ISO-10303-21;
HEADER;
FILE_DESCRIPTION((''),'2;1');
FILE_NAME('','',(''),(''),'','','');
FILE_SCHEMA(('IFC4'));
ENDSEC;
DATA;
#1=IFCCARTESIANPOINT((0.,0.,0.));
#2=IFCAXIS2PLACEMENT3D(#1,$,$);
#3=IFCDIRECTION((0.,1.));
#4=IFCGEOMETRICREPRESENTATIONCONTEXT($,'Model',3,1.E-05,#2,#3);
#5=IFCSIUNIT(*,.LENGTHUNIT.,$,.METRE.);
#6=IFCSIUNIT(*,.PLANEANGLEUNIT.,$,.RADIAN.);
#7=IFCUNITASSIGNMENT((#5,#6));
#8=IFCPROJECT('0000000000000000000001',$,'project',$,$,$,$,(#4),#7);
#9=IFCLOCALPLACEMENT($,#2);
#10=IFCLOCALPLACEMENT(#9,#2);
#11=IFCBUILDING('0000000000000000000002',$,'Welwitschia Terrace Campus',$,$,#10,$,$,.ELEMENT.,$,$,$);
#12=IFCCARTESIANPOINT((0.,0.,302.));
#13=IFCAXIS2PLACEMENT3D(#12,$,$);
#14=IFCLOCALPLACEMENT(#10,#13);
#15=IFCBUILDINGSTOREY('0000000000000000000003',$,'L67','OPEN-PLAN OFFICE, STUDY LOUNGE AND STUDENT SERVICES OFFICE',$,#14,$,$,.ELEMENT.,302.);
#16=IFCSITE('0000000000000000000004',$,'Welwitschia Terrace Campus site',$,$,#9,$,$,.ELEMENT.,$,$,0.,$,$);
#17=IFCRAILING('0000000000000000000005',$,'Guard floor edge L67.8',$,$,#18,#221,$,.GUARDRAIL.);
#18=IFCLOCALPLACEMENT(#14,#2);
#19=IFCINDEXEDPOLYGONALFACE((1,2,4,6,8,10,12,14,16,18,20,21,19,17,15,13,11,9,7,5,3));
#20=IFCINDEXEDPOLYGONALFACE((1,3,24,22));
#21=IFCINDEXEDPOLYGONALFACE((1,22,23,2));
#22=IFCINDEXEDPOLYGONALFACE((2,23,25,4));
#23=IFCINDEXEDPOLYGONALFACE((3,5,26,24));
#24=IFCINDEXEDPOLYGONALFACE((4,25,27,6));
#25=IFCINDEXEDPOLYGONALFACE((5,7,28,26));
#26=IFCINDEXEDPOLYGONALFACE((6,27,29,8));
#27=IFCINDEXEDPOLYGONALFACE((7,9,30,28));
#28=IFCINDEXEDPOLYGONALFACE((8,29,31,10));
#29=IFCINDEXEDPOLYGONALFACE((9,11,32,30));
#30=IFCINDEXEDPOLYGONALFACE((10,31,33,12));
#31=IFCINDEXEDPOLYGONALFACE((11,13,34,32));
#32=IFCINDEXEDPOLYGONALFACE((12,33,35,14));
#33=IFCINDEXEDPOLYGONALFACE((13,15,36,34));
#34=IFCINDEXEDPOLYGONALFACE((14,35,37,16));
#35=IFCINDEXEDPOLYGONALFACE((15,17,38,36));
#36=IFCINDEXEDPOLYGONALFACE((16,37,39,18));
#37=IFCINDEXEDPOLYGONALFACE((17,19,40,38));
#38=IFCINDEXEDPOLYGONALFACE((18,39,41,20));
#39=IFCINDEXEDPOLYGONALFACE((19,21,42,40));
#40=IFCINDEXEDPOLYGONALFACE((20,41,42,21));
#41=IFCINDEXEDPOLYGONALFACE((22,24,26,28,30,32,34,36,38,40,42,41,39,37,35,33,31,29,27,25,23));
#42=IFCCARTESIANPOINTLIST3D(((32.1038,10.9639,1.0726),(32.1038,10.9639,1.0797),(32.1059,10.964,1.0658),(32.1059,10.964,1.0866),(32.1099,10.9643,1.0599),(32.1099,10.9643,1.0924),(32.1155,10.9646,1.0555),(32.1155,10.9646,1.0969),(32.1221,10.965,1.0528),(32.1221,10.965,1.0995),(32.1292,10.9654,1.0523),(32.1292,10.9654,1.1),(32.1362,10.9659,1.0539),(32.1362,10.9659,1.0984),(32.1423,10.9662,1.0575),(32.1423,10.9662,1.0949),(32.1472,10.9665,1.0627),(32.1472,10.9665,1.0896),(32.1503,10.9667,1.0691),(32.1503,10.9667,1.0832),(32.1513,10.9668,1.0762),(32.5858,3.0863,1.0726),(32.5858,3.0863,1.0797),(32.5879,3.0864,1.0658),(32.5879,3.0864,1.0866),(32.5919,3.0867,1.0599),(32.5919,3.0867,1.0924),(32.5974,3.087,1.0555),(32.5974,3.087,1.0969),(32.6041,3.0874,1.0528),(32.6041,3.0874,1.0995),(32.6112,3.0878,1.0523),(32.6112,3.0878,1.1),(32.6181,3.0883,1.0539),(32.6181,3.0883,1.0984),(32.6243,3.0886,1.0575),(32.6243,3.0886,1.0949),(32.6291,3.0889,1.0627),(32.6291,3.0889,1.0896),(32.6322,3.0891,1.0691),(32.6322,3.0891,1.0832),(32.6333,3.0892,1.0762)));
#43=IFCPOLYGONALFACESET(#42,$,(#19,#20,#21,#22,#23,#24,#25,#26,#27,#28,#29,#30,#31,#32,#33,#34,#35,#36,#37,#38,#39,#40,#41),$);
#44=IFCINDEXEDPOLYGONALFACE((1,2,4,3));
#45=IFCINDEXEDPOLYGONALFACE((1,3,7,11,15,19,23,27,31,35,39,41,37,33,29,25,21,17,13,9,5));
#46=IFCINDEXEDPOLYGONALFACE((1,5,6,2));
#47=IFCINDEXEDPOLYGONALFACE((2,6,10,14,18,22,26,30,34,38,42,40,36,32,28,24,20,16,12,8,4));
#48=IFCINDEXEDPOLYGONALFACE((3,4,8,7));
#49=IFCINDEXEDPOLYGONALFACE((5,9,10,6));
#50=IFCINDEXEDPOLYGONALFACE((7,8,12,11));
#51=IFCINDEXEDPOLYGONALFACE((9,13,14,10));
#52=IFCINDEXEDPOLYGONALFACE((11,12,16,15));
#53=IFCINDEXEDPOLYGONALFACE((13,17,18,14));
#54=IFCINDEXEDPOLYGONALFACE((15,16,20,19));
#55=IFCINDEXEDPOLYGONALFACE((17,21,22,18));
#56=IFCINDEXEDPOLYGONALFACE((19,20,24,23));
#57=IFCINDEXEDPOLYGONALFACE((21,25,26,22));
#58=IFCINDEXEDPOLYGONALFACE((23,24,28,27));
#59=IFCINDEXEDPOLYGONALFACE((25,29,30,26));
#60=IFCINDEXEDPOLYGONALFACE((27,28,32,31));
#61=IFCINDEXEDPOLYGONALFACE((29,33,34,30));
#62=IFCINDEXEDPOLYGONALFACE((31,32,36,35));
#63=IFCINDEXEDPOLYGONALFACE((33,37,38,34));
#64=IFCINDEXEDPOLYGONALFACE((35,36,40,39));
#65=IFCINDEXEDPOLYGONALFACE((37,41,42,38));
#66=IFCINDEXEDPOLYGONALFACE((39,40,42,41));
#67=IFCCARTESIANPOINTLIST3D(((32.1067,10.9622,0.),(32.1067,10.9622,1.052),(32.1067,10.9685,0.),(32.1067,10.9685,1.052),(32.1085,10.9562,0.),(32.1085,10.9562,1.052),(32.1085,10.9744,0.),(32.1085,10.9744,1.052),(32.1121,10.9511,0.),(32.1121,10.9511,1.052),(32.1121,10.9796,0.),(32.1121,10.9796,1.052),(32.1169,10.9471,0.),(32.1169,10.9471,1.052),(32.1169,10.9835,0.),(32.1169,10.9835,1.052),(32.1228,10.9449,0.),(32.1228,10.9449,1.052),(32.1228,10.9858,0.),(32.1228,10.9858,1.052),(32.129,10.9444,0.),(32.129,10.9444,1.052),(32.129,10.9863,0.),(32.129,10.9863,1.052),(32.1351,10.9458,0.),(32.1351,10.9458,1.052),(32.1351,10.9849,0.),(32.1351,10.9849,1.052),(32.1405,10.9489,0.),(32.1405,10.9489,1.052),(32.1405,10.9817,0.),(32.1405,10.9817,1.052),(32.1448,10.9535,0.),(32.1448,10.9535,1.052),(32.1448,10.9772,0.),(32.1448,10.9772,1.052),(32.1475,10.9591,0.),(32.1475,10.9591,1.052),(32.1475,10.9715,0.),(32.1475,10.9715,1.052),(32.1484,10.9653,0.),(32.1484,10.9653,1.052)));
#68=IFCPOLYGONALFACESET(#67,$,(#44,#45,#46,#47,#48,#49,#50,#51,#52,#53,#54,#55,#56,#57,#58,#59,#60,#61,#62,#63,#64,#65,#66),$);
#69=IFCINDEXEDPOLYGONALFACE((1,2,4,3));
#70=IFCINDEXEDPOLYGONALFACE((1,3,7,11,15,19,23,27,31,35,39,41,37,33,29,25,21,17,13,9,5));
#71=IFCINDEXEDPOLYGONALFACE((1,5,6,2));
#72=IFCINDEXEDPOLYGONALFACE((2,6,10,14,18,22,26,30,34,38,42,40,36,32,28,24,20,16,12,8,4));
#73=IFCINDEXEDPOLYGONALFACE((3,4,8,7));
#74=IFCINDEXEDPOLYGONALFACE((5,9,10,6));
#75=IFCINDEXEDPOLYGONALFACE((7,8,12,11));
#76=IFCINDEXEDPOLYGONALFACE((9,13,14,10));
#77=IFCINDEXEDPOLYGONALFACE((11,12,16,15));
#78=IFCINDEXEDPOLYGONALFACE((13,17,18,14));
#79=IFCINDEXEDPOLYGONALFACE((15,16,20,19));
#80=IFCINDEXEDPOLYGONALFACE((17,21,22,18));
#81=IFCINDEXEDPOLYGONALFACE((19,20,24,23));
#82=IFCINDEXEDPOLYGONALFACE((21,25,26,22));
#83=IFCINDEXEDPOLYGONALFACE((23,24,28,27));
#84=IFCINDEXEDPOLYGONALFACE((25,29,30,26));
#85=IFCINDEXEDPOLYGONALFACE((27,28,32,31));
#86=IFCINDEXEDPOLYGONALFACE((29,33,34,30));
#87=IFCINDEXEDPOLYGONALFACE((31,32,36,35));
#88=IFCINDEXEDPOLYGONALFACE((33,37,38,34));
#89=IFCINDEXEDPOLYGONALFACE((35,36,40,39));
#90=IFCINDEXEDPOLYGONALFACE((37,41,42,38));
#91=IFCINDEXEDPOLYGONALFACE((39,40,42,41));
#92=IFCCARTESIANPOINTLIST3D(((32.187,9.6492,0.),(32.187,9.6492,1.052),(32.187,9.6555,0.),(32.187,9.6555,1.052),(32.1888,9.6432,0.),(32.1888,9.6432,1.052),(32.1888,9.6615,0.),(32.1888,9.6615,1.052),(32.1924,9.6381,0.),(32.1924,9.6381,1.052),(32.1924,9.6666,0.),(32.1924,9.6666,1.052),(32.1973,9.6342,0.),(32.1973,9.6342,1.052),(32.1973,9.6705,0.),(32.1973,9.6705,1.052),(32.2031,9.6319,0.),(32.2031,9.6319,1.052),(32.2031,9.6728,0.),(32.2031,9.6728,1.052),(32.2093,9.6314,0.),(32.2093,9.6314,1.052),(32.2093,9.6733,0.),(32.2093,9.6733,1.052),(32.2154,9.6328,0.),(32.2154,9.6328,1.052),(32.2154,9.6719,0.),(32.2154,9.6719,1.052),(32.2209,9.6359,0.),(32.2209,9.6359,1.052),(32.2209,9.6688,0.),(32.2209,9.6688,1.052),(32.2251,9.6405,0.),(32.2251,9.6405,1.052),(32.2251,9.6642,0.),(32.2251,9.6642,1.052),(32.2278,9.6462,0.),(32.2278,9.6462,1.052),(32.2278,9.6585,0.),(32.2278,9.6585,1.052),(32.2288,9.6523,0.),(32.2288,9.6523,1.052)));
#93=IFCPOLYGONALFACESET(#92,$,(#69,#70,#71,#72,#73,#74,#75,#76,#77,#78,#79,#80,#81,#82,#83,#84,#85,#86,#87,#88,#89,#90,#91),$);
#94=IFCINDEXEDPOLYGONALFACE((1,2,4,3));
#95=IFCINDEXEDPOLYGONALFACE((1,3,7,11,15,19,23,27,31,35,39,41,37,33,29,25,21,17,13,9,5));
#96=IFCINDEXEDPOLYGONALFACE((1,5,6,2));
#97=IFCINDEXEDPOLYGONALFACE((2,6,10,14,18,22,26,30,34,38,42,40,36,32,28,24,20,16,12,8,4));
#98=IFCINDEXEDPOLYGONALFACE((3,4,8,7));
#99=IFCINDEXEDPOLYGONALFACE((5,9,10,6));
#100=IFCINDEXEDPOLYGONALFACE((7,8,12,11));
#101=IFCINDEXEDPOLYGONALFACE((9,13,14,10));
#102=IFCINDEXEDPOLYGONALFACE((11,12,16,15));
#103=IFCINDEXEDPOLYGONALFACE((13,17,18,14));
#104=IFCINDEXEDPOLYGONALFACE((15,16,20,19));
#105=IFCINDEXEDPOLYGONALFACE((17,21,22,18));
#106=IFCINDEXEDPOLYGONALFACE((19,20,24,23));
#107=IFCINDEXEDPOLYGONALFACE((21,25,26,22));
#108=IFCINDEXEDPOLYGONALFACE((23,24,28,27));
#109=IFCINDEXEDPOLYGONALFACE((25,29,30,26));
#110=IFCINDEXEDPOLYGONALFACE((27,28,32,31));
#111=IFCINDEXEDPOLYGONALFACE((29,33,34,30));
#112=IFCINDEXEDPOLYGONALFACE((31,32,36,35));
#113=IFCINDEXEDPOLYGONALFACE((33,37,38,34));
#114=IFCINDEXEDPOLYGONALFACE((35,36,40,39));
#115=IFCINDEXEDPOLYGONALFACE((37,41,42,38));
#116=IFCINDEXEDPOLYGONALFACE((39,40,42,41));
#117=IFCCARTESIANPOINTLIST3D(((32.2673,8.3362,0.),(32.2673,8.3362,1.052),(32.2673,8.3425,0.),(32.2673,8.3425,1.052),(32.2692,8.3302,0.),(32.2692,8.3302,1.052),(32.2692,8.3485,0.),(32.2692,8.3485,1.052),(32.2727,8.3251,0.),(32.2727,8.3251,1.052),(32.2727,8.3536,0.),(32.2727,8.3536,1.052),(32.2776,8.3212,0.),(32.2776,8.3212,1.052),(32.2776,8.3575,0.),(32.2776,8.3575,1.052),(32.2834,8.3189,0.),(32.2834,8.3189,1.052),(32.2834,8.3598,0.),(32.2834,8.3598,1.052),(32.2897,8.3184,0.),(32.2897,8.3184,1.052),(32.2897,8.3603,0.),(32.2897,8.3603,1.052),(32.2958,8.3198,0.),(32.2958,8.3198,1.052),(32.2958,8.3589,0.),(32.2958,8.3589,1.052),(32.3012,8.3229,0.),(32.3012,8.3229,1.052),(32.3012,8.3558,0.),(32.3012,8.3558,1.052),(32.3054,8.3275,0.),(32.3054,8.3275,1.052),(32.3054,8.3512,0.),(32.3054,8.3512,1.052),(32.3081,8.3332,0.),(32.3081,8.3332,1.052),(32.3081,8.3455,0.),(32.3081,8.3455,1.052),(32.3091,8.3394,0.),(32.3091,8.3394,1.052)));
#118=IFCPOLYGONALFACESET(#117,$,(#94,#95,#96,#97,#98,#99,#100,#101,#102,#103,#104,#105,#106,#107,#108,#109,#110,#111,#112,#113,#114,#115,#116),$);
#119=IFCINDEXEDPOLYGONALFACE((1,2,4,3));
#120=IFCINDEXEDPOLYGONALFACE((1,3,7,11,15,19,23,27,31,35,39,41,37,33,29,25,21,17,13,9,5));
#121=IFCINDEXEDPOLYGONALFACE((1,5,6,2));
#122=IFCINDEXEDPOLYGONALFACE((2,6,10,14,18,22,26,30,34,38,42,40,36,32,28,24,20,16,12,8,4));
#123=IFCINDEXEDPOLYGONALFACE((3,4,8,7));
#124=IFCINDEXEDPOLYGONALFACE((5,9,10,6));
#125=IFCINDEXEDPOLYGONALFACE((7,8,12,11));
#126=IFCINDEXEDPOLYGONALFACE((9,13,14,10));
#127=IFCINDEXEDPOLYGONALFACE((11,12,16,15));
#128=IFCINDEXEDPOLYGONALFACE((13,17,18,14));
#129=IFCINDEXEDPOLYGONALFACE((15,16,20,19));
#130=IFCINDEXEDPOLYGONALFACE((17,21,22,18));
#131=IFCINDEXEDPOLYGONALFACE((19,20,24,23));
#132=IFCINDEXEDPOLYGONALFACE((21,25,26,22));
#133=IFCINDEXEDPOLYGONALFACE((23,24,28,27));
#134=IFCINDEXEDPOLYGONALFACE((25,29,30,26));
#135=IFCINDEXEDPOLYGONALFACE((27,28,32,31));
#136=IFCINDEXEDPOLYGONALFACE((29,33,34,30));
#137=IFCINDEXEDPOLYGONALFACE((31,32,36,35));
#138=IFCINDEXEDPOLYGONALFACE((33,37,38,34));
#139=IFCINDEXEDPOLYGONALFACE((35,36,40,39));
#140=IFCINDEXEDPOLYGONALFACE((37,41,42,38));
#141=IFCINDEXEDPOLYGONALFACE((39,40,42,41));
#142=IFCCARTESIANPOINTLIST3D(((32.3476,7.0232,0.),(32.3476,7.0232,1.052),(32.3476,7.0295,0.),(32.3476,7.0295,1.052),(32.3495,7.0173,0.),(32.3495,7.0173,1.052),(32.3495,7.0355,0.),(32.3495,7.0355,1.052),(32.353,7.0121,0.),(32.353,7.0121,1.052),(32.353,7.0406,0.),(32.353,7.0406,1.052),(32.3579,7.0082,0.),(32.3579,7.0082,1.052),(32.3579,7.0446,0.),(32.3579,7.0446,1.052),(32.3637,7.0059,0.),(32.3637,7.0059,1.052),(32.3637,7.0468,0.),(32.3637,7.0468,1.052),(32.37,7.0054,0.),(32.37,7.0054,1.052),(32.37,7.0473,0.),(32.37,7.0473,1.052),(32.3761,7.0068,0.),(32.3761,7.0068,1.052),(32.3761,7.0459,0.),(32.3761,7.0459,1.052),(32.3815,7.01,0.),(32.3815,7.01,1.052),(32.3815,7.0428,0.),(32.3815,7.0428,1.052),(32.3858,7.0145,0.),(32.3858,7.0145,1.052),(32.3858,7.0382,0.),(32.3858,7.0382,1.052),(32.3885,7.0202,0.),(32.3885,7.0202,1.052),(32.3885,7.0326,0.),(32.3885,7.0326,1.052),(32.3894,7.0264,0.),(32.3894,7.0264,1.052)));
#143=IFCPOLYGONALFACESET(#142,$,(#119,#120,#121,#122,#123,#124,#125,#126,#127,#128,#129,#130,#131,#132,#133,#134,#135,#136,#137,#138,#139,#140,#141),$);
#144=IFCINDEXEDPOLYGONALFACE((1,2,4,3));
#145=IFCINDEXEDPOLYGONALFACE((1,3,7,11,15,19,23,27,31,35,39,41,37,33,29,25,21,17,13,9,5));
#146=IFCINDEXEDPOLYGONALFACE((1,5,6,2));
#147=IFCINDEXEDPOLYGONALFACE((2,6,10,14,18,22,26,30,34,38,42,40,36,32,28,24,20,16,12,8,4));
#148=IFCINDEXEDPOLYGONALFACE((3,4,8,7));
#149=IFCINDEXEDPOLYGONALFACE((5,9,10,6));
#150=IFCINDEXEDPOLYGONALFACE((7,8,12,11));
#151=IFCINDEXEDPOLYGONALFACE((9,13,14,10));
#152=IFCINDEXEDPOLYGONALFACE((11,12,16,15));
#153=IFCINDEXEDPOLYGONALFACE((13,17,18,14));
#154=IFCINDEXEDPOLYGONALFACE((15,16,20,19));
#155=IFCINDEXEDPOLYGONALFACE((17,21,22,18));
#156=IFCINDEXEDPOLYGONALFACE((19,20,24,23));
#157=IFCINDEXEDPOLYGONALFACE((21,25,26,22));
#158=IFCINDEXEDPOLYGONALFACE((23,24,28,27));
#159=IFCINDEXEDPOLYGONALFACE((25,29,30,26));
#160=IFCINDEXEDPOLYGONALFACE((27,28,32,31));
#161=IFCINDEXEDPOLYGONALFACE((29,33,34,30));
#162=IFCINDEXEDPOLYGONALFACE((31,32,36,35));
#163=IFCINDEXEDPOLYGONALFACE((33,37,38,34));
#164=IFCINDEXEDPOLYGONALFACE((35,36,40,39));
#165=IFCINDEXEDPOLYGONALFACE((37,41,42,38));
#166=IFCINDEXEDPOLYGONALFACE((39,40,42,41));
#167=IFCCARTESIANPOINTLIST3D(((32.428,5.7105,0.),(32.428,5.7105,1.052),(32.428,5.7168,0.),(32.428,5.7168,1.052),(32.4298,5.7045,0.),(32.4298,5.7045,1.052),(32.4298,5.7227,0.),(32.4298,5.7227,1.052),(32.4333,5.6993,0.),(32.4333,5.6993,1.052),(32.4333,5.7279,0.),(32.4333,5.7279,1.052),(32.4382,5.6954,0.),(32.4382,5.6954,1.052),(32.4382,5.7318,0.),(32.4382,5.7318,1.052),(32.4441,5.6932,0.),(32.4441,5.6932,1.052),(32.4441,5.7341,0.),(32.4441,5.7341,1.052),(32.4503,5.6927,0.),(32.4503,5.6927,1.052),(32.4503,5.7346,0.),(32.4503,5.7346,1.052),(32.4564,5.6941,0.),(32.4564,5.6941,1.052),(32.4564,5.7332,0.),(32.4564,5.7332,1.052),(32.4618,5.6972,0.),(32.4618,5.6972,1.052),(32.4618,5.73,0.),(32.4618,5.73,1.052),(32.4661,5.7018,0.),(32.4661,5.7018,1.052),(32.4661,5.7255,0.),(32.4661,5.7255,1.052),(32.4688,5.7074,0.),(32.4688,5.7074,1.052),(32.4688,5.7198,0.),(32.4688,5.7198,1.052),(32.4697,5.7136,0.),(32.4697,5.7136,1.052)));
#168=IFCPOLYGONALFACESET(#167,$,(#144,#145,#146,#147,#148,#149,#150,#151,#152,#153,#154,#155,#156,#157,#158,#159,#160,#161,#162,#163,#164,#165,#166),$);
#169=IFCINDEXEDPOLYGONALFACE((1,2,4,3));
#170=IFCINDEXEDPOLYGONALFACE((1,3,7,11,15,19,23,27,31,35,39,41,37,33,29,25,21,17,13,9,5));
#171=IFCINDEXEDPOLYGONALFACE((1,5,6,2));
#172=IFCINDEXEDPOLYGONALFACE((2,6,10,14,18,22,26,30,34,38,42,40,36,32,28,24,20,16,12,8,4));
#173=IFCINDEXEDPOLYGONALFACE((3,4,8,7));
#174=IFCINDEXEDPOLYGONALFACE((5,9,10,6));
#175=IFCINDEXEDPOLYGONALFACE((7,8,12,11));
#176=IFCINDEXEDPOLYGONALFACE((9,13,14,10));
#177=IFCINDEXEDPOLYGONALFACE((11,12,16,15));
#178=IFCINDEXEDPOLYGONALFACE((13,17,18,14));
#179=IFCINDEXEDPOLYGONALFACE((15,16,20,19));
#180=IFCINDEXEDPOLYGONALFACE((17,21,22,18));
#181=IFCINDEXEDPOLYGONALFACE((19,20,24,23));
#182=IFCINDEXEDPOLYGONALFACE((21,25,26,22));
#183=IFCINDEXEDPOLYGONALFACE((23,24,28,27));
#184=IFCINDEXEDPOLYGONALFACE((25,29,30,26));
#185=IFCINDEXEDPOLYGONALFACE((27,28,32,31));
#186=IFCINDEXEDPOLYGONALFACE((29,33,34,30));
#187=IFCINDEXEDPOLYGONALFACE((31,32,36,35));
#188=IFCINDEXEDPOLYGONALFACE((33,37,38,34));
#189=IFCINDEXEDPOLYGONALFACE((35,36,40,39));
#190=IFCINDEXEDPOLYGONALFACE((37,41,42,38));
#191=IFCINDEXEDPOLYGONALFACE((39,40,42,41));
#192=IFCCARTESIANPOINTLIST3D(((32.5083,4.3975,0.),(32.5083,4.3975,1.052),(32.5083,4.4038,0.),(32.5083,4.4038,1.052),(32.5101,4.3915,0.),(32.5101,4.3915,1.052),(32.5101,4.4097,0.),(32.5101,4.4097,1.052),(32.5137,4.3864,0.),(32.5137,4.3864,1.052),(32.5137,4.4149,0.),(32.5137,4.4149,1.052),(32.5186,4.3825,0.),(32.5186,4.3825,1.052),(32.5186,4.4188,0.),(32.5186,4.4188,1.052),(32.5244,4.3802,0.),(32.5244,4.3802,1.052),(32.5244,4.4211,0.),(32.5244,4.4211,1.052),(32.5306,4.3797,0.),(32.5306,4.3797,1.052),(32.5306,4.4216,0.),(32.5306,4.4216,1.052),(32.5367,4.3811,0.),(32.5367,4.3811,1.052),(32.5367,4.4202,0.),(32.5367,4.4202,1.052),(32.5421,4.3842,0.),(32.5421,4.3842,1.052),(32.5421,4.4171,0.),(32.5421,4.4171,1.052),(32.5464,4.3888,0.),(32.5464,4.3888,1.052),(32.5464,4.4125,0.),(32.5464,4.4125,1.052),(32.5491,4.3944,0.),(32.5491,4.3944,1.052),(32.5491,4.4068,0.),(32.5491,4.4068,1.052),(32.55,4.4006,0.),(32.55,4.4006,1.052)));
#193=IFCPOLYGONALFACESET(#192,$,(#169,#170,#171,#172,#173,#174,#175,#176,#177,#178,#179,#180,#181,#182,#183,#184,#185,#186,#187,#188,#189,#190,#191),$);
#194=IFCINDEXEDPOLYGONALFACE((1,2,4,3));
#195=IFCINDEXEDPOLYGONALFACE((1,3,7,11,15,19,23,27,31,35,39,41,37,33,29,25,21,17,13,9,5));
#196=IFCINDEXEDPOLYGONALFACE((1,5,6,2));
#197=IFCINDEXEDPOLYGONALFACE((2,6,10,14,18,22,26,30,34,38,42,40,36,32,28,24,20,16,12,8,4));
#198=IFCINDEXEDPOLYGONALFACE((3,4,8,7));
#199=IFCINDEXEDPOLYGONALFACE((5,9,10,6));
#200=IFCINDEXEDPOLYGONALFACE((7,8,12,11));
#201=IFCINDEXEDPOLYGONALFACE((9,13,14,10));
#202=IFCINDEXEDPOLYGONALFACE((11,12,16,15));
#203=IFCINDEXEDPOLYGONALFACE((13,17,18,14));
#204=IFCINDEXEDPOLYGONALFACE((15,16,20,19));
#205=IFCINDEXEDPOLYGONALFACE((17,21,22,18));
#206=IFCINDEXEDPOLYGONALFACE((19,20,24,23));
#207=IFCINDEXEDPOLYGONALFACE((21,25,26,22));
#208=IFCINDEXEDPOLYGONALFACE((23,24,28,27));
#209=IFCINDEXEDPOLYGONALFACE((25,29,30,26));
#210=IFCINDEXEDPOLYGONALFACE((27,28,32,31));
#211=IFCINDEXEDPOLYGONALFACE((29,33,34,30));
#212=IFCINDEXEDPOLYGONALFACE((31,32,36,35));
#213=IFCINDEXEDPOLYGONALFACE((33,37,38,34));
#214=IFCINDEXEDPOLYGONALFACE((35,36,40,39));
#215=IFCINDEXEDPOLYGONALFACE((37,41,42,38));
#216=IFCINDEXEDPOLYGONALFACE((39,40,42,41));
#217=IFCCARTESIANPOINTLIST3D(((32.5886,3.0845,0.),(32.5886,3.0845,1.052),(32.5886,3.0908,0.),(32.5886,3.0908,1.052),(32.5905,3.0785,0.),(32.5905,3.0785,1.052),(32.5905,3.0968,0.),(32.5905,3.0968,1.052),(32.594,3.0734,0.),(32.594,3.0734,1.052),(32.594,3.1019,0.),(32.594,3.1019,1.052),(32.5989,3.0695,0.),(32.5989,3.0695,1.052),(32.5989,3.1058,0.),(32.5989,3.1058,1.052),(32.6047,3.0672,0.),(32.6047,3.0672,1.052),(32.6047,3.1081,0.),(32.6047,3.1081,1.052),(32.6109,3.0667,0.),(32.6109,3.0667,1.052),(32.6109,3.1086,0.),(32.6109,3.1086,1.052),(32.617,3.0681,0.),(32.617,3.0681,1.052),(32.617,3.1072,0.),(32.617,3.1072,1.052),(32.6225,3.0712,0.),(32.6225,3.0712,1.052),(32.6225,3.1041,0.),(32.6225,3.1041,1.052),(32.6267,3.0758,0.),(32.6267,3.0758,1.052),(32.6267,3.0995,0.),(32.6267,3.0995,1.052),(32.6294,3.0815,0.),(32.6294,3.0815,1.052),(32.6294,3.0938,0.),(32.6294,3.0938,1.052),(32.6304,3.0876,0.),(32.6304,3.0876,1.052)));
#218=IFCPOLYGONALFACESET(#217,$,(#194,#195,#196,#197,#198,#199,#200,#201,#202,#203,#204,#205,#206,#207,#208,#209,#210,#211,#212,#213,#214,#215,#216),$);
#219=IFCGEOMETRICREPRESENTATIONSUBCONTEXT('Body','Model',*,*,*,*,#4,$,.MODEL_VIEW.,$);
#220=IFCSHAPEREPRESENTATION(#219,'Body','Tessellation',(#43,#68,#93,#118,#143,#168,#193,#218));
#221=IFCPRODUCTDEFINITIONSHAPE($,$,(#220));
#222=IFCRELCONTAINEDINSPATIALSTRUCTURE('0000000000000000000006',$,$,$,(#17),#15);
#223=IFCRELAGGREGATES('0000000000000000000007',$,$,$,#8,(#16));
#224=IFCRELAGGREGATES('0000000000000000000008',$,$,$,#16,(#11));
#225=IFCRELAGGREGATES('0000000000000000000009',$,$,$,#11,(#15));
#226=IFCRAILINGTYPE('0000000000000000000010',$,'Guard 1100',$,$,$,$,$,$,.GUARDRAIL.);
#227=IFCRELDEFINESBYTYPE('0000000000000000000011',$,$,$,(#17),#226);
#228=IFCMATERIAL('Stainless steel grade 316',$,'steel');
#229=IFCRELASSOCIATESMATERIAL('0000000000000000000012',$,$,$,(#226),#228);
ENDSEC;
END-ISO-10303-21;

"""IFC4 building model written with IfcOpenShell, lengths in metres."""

from ifc_helpers import new_model, si_unit, direction, frame, origin, origin_2d, place, context, subcontext, project, spatial, circle, extrude, material, type_object, element, save


model = new_model("IFC4")

# Units and contexts
model_context = context("Model", 3, precision=1e-05, world=origin(), true_north=direction((0.0, 1.0)))
body_context = subcontext(model_context, "Body", "Model", "MODEL_VIEW")
ifc_project = project(units=[si_unit("LENGTHUNIT", "METRE"), si_unit("PLANEANGLEUNIT", "RADIAN")], contexts=[model_context])

# Site, building, storey
site_placement = place(None, origin())
site = spatial("IfcSite", under=ifc_project, at=site_placement, Name="Welwitschia Terrace Campus site", CompositionType="ELEMENT", RefElevation=0.0)
building_placement = place(site_placement, origin())
building = spatial("IfcBuilding", under=site, at=building_placement, Name="Welwitschia Terrace Campus", CompositionType="ELEMENT")
storey_placement = place(building_placement, frame((0.0, 0.0, 302.0)))
storey = spatial("IfcBuildingStorey", under=building, at=storey_placement, Name="L67", Description="OPEN-PLAN OFFICE, STUDY LOUNGE AND STUDENT SERVICES OFFICE", CompositionType="ELEMENT", Elevation=302.0)

# Railing
ifc_material_1 = material(Name="Stainless steel grade 316", Category="steel")
railing_type = type_object("IfcRailingType", Name="Guard 1100", PredefinedType="GUARDRAIL", material=ifc_material_1)
railing_1_placement = place(storey_placement, frame((32.1274, 10.9653, 0.0)))
element("IfcRailing", 1, at=railing_1_placement, inside=storey, type_object=railing_type, Name="Guard floor edge L67.8", PredefinedType="GUARDRAIL", context=body_context, shape_type="SweptSolid", body=[
    extrude(circle(Radius=0.0239, at=origin_2d()), frame((0.0, 0.0, 1.0762), z_axis=(0.061063, -0.998134, 0.0), x_axis=(0.998134, 0.061063, 0.0)), (0.0, 0.0, 1.0), 7.8923),
    extrude(circle(Radius=0.021, at=origin_2d()), origin(), (0.0, 0.0, 1.0), 1.052),
    extrude(circle(Radius=0.021, at=origin_2d()), frame((0.0803, -1.313, 0.0)), (0.0, 0.0, 1.0), 1.052),
    extrude(circle(Radius=0.021, at=origin_2d()), frame((0.1606, -2.626, 0.0)), (0.0, 0.0, 1.0), 1.052),
    extrude(circle(Radius=0.021, at=origin_2d()), frame((0.241, -3.939, 0.0)), (0.0, 0.0, 1.0), 1.052),
    extrude(circle(Radius=0.021, at=origin_2d()), frame((0.3213, -5.2517, 0.0)), (0.0, 0.0, 1.0), 1.052),
    extrude(circle(Radius=0.021, at=origin_2d()), frame((0.4016, -6.5647, 0.0)), (0.0, 0.0, 1.0), 1.052),
    extrude(circle(Radius=0.021, at=origin_2d()), frame((0.4819, -7.8777, 0.0)), (0.0, 0.0, 1.0), 1.052),
])

save(model, "model.ifc")
